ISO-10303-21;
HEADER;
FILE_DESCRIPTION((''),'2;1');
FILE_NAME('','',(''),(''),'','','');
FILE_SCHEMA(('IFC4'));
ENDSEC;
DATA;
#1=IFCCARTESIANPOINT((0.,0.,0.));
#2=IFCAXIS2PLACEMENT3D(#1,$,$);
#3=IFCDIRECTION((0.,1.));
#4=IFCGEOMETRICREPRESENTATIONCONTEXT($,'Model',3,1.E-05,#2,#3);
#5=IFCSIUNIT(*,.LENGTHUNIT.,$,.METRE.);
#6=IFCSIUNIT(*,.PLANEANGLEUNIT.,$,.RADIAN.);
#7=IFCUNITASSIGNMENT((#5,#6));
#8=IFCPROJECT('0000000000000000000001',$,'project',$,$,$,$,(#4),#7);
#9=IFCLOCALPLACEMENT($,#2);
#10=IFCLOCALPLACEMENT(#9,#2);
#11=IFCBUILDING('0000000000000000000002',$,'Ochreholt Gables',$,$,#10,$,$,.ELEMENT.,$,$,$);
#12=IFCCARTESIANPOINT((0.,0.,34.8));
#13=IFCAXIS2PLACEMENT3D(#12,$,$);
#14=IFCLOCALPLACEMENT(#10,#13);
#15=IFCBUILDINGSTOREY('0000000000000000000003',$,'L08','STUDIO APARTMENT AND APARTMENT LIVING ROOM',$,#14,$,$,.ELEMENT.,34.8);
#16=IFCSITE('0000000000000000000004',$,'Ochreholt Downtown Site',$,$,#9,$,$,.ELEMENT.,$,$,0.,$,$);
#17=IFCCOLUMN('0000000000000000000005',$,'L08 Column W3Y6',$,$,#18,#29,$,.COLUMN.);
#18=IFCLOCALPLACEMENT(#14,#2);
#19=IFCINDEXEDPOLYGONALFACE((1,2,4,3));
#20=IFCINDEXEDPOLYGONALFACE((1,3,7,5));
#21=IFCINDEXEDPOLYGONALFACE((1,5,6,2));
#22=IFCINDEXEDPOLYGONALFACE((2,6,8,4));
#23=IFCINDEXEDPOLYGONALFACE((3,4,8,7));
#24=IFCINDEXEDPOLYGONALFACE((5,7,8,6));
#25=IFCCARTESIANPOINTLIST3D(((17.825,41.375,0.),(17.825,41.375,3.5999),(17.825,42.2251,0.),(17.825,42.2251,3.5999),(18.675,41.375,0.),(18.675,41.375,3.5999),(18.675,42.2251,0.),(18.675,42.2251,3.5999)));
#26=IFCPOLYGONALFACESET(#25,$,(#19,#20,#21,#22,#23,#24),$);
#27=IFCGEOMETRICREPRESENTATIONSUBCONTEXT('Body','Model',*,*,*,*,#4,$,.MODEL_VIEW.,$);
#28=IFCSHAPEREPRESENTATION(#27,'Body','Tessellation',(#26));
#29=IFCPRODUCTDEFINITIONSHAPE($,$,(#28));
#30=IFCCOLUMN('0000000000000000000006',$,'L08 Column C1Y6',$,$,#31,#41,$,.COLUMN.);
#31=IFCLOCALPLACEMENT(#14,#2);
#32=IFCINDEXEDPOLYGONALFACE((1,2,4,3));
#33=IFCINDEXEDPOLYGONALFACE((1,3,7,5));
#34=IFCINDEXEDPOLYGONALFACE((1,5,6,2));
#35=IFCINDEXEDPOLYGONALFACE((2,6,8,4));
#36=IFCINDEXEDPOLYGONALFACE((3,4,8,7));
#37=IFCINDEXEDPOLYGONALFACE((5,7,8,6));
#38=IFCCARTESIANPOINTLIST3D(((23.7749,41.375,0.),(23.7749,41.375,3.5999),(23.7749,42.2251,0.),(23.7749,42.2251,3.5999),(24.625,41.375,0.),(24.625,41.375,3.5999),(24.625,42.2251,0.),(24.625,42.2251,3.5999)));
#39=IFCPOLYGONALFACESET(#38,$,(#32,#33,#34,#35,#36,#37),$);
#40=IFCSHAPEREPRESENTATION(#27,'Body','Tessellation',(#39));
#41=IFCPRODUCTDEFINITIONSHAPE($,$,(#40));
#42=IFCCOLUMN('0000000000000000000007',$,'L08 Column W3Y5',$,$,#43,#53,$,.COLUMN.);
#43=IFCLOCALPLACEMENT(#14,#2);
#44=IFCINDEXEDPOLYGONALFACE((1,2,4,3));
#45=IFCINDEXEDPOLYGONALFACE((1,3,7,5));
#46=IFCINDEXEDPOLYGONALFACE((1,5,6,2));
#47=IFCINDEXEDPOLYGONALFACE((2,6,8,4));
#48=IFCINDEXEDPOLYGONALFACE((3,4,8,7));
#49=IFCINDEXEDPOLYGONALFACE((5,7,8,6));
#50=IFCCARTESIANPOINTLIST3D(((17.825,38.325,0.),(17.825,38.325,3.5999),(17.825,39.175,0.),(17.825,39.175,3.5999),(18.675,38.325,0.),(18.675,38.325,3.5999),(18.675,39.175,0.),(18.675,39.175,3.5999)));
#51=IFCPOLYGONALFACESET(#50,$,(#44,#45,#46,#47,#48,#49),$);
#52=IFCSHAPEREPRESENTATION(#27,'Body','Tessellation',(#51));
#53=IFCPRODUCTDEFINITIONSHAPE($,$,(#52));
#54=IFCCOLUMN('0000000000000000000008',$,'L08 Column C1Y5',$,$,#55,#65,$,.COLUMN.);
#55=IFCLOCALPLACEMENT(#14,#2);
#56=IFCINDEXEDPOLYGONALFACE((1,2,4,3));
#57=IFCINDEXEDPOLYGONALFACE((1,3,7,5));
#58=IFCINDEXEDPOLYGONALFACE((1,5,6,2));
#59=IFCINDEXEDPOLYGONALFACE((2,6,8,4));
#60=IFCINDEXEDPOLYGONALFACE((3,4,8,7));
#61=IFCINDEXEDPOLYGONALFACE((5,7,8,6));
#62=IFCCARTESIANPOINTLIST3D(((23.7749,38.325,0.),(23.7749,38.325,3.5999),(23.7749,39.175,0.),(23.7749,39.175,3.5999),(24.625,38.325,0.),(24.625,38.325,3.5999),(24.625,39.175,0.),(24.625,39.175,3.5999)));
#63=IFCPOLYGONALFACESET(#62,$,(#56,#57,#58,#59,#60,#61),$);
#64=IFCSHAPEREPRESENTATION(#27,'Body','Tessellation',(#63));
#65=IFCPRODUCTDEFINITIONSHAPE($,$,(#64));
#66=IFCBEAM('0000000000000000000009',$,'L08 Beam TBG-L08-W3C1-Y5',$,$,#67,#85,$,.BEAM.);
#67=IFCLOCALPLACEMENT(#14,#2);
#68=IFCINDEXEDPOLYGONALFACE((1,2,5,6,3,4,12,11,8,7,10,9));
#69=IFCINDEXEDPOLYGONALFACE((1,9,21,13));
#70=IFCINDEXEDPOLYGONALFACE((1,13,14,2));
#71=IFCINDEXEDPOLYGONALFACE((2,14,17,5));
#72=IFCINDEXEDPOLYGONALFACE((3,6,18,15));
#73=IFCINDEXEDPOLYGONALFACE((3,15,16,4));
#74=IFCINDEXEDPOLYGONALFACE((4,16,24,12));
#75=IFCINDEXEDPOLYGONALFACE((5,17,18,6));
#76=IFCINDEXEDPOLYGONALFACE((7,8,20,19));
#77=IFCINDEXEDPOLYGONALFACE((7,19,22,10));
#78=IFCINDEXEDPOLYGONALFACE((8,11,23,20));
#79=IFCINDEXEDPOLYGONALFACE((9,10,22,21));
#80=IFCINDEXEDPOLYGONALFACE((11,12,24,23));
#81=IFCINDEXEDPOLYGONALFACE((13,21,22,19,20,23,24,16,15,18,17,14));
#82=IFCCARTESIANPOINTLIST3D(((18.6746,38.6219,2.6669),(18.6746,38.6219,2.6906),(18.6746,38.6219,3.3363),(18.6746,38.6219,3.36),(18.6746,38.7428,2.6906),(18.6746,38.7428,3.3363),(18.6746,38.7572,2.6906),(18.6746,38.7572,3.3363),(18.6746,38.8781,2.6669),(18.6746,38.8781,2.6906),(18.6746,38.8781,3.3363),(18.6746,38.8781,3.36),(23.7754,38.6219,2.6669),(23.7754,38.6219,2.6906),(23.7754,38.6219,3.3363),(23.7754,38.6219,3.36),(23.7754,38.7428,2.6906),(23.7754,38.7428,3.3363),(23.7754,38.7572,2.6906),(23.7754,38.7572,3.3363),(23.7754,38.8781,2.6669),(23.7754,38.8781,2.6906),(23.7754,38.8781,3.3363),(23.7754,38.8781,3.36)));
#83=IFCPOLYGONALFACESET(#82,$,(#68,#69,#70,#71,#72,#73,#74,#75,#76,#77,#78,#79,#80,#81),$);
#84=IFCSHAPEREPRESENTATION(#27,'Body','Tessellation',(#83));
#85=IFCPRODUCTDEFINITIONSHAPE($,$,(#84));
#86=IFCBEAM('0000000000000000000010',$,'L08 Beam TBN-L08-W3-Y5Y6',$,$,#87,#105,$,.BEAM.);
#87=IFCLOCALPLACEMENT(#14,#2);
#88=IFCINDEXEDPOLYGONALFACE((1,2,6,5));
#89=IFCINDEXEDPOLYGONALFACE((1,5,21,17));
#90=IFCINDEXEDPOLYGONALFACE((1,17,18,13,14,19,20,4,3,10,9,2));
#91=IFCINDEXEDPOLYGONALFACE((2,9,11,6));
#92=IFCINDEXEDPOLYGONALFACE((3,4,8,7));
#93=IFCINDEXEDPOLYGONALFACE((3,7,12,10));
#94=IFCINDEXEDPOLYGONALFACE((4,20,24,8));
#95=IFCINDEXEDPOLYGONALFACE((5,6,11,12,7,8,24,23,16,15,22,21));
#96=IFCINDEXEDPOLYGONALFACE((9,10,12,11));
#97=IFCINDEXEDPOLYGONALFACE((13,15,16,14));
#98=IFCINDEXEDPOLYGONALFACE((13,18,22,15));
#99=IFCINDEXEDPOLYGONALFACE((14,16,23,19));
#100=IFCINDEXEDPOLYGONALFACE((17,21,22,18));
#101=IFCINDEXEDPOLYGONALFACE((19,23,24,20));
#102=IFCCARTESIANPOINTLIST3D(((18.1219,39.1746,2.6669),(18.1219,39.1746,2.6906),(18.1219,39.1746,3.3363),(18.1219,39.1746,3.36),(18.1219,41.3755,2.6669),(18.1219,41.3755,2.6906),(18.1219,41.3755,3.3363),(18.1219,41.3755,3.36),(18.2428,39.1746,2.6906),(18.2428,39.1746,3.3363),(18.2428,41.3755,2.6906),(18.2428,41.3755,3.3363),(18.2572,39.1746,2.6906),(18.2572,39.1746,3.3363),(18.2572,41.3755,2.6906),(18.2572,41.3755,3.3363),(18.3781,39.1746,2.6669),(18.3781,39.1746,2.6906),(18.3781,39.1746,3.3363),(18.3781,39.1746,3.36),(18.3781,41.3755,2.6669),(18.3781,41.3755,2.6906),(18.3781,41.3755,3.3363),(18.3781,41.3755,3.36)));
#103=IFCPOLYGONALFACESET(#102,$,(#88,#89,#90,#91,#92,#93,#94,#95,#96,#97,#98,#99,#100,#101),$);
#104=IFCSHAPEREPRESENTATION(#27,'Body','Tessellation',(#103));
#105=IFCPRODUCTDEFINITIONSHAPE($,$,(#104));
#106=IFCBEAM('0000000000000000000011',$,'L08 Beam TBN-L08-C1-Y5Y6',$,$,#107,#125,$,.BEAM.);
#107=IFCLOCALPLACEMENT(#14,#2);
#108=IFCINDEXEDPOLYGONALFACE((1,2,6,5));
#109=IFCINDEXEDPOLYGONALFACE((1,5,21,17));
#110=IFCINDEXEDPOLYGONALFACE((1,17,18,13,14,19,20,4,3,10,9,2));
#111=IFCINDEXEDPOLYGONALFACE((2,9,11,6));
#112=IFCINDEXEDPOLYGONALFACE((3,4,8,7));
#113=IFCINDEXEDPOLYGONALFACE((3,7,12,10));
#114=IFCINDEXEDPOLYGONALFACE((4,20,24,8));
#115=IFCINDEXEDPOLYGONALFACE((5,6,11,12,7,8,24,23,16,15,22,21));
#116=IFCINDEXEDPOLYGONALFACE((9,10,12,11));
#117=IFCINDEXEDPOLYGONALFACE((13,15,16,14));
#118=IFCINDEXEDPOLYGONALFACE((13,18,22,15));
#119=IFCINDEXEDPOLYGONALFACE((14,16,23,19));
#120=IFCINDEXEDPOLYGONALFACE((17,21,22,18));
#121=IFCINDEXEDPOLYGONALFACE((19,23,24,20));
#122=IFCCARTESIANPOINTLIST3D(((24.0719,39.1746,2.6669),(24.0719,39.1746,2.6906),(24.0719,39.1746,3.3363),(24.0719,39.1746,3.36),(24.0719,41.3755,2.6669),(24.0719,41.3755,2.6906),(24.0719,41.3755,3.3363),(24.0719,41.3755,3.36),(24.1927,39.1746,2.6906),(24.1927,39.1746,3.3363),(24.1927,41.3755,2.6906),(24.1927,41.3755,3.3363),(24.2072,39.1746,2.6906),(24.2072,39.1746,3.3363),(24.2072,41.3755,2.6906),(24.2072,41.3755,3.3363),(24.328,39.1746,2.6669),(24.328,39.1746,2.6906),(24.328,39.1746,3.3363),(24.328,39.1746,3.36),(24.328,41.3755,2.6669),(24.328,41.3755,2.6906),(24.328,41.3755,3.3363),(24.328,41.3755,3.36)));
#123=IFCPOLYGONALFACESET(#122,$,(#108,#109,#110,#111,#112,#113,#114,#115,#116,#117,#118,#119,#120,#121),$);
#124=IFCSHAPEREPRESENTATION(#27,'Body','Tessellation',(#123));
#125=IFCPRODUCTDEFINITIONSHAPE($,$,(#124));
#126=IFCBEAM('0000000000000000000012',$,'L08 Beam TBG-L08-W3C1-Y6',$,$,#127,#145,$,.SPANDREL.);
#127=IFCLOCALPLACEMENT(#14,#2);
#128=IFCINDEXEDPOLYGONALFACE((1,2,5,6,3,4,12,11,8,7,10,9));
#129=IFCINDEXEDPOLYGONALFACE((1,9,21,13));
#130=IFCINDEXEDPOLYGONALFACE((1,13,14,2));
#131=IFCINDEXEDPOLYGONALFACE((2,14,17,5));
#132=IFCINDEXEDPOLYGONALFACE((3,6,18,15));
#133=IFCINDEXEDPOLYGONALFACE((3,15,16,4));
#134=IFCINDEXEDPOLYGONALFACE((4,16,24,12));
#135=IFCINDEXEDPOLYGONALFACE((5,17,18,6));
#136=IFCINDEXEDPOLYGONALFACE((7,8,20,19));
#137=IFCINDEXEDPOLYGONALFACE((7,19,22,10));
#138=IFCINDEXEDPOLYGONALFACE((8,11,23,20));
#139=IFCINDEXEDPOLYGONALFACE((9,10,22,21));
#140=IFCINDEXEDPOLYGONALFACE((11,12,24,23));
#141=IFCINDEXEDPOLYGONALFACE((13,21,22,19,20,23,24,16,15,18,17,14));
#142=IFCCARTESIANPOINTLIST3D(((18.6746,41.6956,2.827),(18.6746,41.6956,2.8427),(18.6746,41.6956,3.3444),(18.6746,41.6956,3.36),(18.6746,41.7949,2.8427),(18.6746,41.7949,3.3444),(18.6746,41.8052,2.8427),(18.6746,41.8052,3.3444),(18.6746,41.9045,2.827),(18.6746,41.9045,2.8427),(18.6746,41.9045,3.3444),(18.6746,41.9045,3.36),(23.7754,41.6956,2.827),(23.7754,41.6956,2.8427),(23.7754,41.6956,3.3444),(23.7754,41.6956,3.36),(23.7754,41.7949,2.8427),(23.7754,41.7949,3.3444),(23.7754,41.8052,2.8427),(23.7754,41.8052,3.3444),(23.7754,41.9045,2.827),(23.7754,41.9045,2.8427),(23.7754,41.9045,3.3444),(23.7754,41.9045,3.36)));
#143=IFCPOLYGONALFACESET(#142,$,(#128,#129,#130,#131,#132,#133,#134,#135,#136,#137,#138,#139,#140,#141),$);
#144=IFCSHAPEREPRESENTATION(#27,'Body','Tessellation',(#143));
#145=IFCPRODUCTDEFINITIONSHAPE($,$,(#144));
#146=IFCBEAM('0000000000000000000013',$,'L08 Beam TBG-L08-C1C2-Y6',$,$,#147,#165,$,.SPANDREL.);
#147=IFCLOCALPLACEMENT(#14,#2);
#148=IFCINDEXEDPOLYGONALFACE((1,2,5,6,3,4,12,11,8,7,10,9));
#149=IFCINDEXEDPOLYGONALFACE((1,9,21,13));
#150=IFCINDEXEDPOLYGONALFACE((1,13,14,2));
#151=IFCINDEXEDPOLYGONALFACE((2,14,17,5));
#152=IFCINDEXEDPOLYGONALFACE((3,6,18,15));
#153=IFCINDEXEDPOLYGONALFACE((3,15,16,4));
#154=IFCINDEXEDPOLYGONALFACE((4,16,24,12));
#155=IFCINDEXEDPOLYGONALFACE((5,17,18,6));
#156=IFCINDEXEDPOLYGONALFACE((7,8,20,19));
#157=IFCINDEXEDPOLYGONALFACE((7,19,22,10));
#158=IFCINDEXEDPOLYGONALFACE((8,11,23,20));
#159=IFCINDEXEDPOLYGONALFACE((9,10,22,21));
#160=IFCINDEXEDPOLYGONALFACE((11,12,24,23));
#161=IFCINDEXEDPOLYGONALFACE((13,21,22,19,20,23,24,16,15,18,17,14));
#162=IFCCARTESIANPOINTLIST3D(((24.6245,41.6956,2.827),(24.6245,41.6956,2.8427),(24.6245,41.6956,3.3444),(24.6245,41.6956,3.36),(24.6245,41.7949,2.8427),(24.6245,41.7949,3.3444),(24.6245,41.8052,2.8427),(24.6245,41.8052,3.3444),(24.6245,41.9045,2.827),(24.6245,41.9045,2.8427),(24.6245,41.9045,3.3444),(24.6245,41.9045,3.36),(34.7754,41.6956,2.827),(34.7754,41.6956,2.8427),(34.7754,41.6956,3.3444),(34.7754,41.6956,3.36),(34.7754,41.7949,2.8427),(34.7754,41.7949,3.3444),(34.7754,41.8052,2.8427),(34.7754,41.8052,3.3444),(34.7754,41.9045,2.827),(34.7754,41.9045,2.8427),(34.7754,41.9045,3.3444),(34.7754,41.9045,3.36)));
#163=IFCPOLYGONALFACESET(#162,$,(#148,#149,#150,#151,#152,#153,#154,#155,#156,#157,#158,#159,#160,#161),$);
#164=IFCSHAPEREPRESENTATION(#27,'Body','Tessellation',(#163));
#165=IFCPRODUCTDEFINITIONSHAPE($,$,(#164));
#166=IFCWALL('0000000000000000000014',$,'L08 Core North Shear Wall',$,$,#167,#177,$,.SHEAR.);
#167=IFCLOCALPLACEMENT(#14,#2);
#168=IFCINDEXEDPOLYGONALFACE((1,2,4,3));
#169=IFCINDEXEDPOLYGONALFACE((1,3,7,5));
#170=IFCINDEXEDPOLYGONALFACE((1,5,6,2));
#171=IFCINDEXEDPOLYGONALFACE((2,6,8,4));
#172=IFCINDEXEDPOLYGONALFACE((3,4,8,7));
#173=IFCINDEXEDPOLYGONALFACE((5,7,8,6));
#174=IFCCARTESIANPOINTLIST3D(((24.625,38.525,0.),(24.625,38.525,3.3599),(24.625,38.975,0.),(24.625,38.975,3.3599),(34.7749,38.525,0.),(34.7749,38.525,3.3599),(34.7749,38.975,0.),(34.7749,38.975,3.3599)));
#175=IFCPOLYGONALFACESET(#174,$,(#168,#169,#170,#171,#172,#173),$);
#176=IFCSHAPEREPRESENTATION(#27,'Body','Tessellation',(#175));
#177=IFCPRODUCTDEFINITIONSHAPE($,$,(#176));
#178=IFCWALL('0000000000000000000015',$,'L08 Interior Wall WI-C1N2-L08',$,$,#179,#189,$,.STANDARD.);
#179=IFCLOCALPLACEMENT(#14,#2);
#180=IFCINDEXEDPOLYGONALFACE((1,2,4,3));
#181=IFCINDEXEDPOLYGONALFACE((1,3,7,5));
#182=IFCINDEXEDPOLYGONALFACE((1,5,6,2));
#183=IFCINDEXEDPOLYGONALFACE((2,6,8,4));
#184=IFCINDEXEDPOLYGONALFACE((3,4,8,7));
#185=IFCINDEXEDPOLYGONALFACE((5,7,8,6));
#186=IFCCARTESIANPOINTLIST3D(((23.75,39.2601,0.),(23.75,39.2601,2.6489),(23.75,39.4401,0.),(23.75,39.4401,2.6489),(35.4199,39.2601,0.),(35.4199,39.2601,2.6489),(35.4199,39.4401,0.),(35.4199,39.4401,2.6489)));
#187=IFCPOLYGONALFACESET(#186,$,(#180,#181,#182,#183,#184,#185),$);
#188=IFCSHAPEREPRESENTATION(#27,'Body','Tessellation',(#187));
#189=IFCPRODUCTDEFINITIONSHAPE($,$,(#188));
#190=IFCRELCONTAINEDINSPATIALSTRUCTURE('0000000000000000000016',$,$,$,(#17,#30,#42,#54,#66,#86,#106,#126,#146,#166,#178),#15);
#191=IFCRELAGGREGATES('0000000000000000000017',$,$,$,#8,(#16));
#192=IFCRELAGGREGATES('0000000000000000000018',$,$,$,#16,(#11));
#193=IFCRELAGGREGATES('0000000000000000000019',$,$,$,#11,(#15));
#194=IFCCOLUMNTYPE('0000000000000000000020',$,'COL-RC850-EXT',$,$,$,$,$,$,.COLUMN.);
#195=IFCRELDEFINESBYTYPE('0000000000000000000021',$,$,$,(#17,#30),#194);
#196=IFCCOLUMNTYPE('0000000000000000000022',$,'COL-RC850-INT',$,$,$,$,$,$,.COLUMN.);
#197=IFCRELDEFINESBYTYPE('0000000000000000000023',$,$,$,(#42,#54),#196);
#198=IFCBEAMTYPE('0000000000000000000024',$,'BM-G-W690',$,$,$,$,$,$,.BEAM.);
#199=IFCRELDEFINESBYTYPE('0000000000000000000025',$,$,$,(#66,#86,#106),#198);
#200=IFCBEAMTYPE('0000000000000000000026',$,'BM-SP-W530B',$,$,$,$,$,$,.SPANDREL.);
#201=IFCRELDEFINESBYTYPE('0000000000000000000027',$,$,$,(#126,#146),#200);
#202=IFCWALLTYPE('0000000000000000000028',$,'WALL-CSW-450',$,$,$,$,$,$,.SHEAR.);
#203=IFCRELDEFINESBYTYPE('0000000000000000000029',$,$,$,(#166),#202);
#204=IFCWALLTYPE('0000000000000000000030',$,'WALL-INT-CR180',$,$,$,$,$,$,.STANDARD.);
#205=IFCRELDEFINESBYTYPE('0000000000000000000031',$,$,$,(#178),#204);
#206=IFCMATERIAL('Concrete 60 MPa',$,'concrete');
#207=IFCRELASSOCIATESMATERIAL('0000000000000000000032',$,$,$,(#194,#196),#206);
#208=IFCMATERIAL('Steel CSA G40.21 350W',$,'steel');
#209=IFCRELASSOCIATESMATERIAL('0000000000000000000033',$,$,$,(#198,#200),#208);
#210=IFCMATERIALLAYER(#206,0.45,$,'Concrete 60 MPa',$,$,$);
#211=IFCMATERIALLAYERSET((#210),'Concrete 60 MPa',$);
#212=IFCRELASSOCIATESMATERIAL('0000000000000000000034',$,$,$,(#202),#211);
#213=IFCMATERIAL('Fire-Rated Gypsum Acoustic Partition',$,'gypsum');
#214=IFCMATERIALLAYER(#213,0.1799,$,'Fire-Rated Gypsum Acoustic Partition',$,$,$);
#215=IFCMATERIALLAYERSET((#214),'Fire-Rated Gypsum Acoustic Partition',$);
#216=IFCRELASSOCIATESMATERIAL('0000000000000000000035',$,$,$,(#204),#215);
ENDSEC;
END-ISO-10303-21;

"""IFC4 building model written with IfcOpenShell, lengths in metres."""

from ifc_helpers import new_model, si_unit, direction, frame, frame_2d, origin, origin_2d, place, context, subcontext, project, spatial, rectangle, i_section, extrude, material, layer, layer_set, material_profile, profile_set, type_object, element, save


model = new_model("IFC4")

# Units and contexts
model_context = context("Model", 3, precision=1e-05, world=origin(), true_north=direction((0.0, 1.0)))
body_context = subcontext(model_context, "Body", "Model", "MODEL_VIEW")
ifc_project = project(units=[si_unit("LENGTHUNIT", "METRE"), si_unit("PLANEANGLEUNIT", "RADIAN")], contexts=[model_context])

# Site, building, storey
site_placement = place(None, origin())
site = spatial("IfcSite", under=ifc_project, at=site_placement, Name="Ochreholt Downtown Site", CompositionType="ELEMENT", RefElevation=0.0)
building_placement = place(site_placement, origin())
building = spatial("IfcBuilding", under=site, at=building_placement, Name="Ochreholt Gables", CompositionType="ELEMENT")
storey_placement = place(building_placement, frame((0.0, 0.0, 34.8)))
storey = spatial("IfcBuildingStorey", under=building, at=storey_placement, Name="L08", Description="STUDIO APARTMENT AND APARTMENT LIVING ROOM", CompositionType="ELEMENT", Elevation=34.8)

# Columns
ifc_material_1 = material(Name="Concrete 60 MPa", Category="concrete")
ifc_material_profile_1 = material_profile(ifc_material_1, rectangle(XDim=0.8501, YDim=0.8501, at=origin_2d()), Name="RC850X850")
ifc_profile_set_1 = profile_set([ifc_material_profile_1], Name="Concrete 60 MPa")
column_type_1 = type_object("IfcColumnType", Name="COL-RC850-EXT", PredefinedType="COLUMN", material=ifc_profile_set_1)
for number, where, z_axis, x_axis, name in (
    (1, (18.25, 41.8, 0.0), (0.0, 0.0, 1.0), (1.0, 0.0, 0.0), "L08 Column W3Y6"),
    (2, (24.2, 41.8, 0.0), (0.0, 0.0, 1.0), (1.0, 0.0, 0.0), "L08 Column C1Y6"),
):
    element("IfcColumn", number, at=place(storey_placement, frame(where, z_axis=z_axis, x_axis=x_axis)), inside=storey, type_object=column_type_1, Name=name, PredefinedType="COLUMN", context=body_context, shape_type="SweptSolid", body=[
        extrude(rectangle(XDim=0.8501, YDim=0.8501, at=origin_2d()), origin(), (0.0, 0.0, 1.0), 3.5999),
    ])
ifc_material_profile_2 = material_profile(ifc_material_1, rectangle(XDim=0.8501, YDim=0.8501, at=origin_2d()), Name="RC850X850")
ifc_profile_set_2 = profile_set([ifc_material_profile_2], Name="Concrete 60 MPa")
column_type_2 = type_object("IfcColumnType", Name="COL-RC850-INT", PredefinedType="COLUMN", material=ifc_profile_set_2)
for number, where, z_axis, x_axis, name in (
    (3, (18.25, 38.75, 0.0), (0.0, 0.0, 1.0), (1.0, 0.0, 0.0), "L08 Column W3Y5"),
    (4, (24.2, 38.75, 0.0), (0.0, 0.0, 1.0), (1.0, 0.0, 0.0), "L08 Column C1Y5"),
):
    element("IfcColumn", number, at=place(storey_placement, frame(where, z_axis=z_axis, x_axis=x_axis)), inside=storey, type_object=column_type_2, Name=name, PredefinedType="COLUMN", context=body_context, shape_type="SweptSolid", body=[
        extrude(rectangle(XDim=0.8501, YDim=0.8501, at=origin_2d()), origin(), (0.0, 0.0, 1.0), 3.5999),
    ])

# Beams
ifc_material_2 = material(Name="Steel CSA G40.21 350W", Category="steel")
ifc_material_profile_3 = material_profile(ifc_material_2, i_section(OverallWidth=0.2561, OverallDepth=0.6931, WebThickness=0.0144, FlangeThickness=0.0237, at=origin_2d()), Name="W690X170")
ifc_profile_set_3 = profile_set([ifc_material_profile_3], Name="Steel CSA G40.21 350W")
beam_type_1 = type_object("IfcBeamType", Name="BM-G-W690", PredefinedType="BEAM", material=ifc_profile_set_3)
beam_1_placement = place(storey_placement, frame((18.6746, 38.75, 3.0134), z_axis=(1.0, 0.0, 0.0), x_axis=(0.0, 1.0, 0.0)))
element("IfcBeam", 5, at=beam_1_placement, inside=storey, type_object=beam_type_1, Name="L08 Beam TBG-L08-W3C1-Y5", PredefinedType="BEAM", context=body_context, shape_type="SweptSolid", body=[
    extrude(i_section(OverallWidth=0.2561, OverallDepth=0.6931, WebThickness=0.0144, FlangeThickness=0.0237, at=origin_2d()), origin(), (0.0, 0.0, 1.0), 5.1008),
])
for number, where, z_axis, x_axis, name in (
    (6, (18.25, 39.1746, 3.0134), (0.0, 1.0, 0.0), (-1.0, 0.0, 0.0), "L08 Beam TBN-L08-W3-Y5Y6"),
    (7, (24.2, 39.1746, 3.0134), (0.0, 1.0, 0.0), (-1.0, 0.0, 0.0), "L08 Beam TBN-L08-C1-Y5Y6"),
):
    element("IfcBeam", number, at=place(storey_placement, frame(where, z_axis=z_axis, x_axis=x_axis)), inside=storey, type_object=beam_type_1, Name=name, PredefinedType="BEAM", context=body_context, shape_type="SweptSolid", body=[
        extrude(i_section(OverallWidth=0.2561, OverallDepth=0.6931, WebThickness=0.0144, FlangeThickness=0.0237, at=origin_2d()), origin(), (0.0, 0.0, 1.0), 2.2009),
    ])
ifc_material_profile_4 = material_profile(ifc_material_2, i_section(OverallWidth=0.209, OverallDepth=0.533, WebThickness=0.0103, FlangeThickness=0.0156, at=origin_2d()), Name="W530X92")
ifc_profile_set_4 = profile_set([ifc_material_profile_4], Name="Steel CSA G40.21 350W")
beam_type_2 = type_object("IfcBeamType", Name="BM-SP-W530B", PredefinedType="SPANDREL", material=ifc_profile_set_4)
beam_2_placement = place(storey_placement, frame((18.6746, 41.8, 3.0935), z_axis=(1.0, 0.0, 0.0), x_axis=(0.0, 1.0, 0.0)))
element("IfcBeam", 8, at=beam_2_placement, inside=storey, type_object=beam_type_2, Name="L08 Beam TBG-L08-W3C1-Y6", PredefinedType="SPANDREL", context=body_context, shape_type="SweptSolid", body=[
    extrude(i_section(OverallWidth=0.209, OverallDepth=0.533, WebThickness=0.0103, FlangeThickness=0.0156, at=origin_2d()), origin(), (0.0, 0.0, 1.0), 5.1008),
])
beam_3_placement = place(storey_placement, frame((24.6245, 41.8, 3.0935), z_axis=(1.0, 0.0, 0.0), x_axis=(0.0, 1.0, 0.0)))
element("IfcBeam", 9, at=beam_3_placement, inside=storey, type_object=beam_type_2, Name="L08 Beam TBG-L08-C1C2-Y6", PredefinedType="SPANDREL", context=body_context, shape_type="SweptSolid", body=[
    extrude(i_section(OverallWidth=0.209, OverallDepth=0.533, WebThickness=0.0103, FlangeThickness=0.0156, at=origin_2d()), origin(), (0.0, 0.0, 1.0), 10.1509),
])

# Walls
ifc_layer_1 = layer(ifc_material_1, 0.45, Name="Concrete 60 MPa")
ifc_layer_set_1 = layer_set([ifc_layer_1], Name="Concrete 60 MPa")
wall_type_1 = type_object("IfcWallType", Name="WALL-CSW-450", PredefinedType="SHEAR", material=ifc_layer_set_1)
wall_1_placement = place(storey_placement, frame((24.625, 38.75, 0.0), z_axis=(0.0, 0.0, 1.0), x_axis=(1.0, 0.0, 0.0)))
element("IfcWall", 10, at=wall_1_placement, inside=storey, type_object=wall_type_1, Name="L08 Core North Shear Wall", PredefinedType="SHEAR", context=body_context, shape_type="SweptSolid", body=[
    extrude(rectangle(XDim=10.1499, YDim=0.45, at=frame_2d((5.075, 0.0))), origin(), (0.0, 0.0, 1.0), 3.3599),
])
ifc_material_3 = material(Name="Fire-Rated Gypsum Acoustic Partition", Category="gypsum")
ifc_layer_2 = layer(ifc_material_3, 0.1799, Name="Fire-Rated Gypsum Acoustic Partition")
ifc_layer_set_2 = layer_set([ifc_layer_2], Name="Fire-Rated Gypsum Acoustic Partition")
wall_type_2 = type_object("IfcWallType", Name="WALL-INT-CR180", PredefinedType="STANDARD", material=ifc_layer_set_2)
wall_2_placement = place(storey_placement, frame((23.75, 39.3501, 0.0), z_axis=(0.0, 0.0, 1.0), x_axis=(1.0, 0.0, 0.0)))
element("IfcWall", 11, at=wall_2_placement, inside=storey, type_object=wall_type_2, Name="L08 Interior Wall WI-C1N2-L08", PredefinedType="STANDARD", context=body_context, shape_type="SweptSolid", body=[
    extrude(rectangle(XDim=11.6699, YDim=0.1799, at=frame_2d((5.835, 0.0))), origin(), (0.0, 0.0, 1.0), 2.6489),
])

save(model, "model.ifc")
